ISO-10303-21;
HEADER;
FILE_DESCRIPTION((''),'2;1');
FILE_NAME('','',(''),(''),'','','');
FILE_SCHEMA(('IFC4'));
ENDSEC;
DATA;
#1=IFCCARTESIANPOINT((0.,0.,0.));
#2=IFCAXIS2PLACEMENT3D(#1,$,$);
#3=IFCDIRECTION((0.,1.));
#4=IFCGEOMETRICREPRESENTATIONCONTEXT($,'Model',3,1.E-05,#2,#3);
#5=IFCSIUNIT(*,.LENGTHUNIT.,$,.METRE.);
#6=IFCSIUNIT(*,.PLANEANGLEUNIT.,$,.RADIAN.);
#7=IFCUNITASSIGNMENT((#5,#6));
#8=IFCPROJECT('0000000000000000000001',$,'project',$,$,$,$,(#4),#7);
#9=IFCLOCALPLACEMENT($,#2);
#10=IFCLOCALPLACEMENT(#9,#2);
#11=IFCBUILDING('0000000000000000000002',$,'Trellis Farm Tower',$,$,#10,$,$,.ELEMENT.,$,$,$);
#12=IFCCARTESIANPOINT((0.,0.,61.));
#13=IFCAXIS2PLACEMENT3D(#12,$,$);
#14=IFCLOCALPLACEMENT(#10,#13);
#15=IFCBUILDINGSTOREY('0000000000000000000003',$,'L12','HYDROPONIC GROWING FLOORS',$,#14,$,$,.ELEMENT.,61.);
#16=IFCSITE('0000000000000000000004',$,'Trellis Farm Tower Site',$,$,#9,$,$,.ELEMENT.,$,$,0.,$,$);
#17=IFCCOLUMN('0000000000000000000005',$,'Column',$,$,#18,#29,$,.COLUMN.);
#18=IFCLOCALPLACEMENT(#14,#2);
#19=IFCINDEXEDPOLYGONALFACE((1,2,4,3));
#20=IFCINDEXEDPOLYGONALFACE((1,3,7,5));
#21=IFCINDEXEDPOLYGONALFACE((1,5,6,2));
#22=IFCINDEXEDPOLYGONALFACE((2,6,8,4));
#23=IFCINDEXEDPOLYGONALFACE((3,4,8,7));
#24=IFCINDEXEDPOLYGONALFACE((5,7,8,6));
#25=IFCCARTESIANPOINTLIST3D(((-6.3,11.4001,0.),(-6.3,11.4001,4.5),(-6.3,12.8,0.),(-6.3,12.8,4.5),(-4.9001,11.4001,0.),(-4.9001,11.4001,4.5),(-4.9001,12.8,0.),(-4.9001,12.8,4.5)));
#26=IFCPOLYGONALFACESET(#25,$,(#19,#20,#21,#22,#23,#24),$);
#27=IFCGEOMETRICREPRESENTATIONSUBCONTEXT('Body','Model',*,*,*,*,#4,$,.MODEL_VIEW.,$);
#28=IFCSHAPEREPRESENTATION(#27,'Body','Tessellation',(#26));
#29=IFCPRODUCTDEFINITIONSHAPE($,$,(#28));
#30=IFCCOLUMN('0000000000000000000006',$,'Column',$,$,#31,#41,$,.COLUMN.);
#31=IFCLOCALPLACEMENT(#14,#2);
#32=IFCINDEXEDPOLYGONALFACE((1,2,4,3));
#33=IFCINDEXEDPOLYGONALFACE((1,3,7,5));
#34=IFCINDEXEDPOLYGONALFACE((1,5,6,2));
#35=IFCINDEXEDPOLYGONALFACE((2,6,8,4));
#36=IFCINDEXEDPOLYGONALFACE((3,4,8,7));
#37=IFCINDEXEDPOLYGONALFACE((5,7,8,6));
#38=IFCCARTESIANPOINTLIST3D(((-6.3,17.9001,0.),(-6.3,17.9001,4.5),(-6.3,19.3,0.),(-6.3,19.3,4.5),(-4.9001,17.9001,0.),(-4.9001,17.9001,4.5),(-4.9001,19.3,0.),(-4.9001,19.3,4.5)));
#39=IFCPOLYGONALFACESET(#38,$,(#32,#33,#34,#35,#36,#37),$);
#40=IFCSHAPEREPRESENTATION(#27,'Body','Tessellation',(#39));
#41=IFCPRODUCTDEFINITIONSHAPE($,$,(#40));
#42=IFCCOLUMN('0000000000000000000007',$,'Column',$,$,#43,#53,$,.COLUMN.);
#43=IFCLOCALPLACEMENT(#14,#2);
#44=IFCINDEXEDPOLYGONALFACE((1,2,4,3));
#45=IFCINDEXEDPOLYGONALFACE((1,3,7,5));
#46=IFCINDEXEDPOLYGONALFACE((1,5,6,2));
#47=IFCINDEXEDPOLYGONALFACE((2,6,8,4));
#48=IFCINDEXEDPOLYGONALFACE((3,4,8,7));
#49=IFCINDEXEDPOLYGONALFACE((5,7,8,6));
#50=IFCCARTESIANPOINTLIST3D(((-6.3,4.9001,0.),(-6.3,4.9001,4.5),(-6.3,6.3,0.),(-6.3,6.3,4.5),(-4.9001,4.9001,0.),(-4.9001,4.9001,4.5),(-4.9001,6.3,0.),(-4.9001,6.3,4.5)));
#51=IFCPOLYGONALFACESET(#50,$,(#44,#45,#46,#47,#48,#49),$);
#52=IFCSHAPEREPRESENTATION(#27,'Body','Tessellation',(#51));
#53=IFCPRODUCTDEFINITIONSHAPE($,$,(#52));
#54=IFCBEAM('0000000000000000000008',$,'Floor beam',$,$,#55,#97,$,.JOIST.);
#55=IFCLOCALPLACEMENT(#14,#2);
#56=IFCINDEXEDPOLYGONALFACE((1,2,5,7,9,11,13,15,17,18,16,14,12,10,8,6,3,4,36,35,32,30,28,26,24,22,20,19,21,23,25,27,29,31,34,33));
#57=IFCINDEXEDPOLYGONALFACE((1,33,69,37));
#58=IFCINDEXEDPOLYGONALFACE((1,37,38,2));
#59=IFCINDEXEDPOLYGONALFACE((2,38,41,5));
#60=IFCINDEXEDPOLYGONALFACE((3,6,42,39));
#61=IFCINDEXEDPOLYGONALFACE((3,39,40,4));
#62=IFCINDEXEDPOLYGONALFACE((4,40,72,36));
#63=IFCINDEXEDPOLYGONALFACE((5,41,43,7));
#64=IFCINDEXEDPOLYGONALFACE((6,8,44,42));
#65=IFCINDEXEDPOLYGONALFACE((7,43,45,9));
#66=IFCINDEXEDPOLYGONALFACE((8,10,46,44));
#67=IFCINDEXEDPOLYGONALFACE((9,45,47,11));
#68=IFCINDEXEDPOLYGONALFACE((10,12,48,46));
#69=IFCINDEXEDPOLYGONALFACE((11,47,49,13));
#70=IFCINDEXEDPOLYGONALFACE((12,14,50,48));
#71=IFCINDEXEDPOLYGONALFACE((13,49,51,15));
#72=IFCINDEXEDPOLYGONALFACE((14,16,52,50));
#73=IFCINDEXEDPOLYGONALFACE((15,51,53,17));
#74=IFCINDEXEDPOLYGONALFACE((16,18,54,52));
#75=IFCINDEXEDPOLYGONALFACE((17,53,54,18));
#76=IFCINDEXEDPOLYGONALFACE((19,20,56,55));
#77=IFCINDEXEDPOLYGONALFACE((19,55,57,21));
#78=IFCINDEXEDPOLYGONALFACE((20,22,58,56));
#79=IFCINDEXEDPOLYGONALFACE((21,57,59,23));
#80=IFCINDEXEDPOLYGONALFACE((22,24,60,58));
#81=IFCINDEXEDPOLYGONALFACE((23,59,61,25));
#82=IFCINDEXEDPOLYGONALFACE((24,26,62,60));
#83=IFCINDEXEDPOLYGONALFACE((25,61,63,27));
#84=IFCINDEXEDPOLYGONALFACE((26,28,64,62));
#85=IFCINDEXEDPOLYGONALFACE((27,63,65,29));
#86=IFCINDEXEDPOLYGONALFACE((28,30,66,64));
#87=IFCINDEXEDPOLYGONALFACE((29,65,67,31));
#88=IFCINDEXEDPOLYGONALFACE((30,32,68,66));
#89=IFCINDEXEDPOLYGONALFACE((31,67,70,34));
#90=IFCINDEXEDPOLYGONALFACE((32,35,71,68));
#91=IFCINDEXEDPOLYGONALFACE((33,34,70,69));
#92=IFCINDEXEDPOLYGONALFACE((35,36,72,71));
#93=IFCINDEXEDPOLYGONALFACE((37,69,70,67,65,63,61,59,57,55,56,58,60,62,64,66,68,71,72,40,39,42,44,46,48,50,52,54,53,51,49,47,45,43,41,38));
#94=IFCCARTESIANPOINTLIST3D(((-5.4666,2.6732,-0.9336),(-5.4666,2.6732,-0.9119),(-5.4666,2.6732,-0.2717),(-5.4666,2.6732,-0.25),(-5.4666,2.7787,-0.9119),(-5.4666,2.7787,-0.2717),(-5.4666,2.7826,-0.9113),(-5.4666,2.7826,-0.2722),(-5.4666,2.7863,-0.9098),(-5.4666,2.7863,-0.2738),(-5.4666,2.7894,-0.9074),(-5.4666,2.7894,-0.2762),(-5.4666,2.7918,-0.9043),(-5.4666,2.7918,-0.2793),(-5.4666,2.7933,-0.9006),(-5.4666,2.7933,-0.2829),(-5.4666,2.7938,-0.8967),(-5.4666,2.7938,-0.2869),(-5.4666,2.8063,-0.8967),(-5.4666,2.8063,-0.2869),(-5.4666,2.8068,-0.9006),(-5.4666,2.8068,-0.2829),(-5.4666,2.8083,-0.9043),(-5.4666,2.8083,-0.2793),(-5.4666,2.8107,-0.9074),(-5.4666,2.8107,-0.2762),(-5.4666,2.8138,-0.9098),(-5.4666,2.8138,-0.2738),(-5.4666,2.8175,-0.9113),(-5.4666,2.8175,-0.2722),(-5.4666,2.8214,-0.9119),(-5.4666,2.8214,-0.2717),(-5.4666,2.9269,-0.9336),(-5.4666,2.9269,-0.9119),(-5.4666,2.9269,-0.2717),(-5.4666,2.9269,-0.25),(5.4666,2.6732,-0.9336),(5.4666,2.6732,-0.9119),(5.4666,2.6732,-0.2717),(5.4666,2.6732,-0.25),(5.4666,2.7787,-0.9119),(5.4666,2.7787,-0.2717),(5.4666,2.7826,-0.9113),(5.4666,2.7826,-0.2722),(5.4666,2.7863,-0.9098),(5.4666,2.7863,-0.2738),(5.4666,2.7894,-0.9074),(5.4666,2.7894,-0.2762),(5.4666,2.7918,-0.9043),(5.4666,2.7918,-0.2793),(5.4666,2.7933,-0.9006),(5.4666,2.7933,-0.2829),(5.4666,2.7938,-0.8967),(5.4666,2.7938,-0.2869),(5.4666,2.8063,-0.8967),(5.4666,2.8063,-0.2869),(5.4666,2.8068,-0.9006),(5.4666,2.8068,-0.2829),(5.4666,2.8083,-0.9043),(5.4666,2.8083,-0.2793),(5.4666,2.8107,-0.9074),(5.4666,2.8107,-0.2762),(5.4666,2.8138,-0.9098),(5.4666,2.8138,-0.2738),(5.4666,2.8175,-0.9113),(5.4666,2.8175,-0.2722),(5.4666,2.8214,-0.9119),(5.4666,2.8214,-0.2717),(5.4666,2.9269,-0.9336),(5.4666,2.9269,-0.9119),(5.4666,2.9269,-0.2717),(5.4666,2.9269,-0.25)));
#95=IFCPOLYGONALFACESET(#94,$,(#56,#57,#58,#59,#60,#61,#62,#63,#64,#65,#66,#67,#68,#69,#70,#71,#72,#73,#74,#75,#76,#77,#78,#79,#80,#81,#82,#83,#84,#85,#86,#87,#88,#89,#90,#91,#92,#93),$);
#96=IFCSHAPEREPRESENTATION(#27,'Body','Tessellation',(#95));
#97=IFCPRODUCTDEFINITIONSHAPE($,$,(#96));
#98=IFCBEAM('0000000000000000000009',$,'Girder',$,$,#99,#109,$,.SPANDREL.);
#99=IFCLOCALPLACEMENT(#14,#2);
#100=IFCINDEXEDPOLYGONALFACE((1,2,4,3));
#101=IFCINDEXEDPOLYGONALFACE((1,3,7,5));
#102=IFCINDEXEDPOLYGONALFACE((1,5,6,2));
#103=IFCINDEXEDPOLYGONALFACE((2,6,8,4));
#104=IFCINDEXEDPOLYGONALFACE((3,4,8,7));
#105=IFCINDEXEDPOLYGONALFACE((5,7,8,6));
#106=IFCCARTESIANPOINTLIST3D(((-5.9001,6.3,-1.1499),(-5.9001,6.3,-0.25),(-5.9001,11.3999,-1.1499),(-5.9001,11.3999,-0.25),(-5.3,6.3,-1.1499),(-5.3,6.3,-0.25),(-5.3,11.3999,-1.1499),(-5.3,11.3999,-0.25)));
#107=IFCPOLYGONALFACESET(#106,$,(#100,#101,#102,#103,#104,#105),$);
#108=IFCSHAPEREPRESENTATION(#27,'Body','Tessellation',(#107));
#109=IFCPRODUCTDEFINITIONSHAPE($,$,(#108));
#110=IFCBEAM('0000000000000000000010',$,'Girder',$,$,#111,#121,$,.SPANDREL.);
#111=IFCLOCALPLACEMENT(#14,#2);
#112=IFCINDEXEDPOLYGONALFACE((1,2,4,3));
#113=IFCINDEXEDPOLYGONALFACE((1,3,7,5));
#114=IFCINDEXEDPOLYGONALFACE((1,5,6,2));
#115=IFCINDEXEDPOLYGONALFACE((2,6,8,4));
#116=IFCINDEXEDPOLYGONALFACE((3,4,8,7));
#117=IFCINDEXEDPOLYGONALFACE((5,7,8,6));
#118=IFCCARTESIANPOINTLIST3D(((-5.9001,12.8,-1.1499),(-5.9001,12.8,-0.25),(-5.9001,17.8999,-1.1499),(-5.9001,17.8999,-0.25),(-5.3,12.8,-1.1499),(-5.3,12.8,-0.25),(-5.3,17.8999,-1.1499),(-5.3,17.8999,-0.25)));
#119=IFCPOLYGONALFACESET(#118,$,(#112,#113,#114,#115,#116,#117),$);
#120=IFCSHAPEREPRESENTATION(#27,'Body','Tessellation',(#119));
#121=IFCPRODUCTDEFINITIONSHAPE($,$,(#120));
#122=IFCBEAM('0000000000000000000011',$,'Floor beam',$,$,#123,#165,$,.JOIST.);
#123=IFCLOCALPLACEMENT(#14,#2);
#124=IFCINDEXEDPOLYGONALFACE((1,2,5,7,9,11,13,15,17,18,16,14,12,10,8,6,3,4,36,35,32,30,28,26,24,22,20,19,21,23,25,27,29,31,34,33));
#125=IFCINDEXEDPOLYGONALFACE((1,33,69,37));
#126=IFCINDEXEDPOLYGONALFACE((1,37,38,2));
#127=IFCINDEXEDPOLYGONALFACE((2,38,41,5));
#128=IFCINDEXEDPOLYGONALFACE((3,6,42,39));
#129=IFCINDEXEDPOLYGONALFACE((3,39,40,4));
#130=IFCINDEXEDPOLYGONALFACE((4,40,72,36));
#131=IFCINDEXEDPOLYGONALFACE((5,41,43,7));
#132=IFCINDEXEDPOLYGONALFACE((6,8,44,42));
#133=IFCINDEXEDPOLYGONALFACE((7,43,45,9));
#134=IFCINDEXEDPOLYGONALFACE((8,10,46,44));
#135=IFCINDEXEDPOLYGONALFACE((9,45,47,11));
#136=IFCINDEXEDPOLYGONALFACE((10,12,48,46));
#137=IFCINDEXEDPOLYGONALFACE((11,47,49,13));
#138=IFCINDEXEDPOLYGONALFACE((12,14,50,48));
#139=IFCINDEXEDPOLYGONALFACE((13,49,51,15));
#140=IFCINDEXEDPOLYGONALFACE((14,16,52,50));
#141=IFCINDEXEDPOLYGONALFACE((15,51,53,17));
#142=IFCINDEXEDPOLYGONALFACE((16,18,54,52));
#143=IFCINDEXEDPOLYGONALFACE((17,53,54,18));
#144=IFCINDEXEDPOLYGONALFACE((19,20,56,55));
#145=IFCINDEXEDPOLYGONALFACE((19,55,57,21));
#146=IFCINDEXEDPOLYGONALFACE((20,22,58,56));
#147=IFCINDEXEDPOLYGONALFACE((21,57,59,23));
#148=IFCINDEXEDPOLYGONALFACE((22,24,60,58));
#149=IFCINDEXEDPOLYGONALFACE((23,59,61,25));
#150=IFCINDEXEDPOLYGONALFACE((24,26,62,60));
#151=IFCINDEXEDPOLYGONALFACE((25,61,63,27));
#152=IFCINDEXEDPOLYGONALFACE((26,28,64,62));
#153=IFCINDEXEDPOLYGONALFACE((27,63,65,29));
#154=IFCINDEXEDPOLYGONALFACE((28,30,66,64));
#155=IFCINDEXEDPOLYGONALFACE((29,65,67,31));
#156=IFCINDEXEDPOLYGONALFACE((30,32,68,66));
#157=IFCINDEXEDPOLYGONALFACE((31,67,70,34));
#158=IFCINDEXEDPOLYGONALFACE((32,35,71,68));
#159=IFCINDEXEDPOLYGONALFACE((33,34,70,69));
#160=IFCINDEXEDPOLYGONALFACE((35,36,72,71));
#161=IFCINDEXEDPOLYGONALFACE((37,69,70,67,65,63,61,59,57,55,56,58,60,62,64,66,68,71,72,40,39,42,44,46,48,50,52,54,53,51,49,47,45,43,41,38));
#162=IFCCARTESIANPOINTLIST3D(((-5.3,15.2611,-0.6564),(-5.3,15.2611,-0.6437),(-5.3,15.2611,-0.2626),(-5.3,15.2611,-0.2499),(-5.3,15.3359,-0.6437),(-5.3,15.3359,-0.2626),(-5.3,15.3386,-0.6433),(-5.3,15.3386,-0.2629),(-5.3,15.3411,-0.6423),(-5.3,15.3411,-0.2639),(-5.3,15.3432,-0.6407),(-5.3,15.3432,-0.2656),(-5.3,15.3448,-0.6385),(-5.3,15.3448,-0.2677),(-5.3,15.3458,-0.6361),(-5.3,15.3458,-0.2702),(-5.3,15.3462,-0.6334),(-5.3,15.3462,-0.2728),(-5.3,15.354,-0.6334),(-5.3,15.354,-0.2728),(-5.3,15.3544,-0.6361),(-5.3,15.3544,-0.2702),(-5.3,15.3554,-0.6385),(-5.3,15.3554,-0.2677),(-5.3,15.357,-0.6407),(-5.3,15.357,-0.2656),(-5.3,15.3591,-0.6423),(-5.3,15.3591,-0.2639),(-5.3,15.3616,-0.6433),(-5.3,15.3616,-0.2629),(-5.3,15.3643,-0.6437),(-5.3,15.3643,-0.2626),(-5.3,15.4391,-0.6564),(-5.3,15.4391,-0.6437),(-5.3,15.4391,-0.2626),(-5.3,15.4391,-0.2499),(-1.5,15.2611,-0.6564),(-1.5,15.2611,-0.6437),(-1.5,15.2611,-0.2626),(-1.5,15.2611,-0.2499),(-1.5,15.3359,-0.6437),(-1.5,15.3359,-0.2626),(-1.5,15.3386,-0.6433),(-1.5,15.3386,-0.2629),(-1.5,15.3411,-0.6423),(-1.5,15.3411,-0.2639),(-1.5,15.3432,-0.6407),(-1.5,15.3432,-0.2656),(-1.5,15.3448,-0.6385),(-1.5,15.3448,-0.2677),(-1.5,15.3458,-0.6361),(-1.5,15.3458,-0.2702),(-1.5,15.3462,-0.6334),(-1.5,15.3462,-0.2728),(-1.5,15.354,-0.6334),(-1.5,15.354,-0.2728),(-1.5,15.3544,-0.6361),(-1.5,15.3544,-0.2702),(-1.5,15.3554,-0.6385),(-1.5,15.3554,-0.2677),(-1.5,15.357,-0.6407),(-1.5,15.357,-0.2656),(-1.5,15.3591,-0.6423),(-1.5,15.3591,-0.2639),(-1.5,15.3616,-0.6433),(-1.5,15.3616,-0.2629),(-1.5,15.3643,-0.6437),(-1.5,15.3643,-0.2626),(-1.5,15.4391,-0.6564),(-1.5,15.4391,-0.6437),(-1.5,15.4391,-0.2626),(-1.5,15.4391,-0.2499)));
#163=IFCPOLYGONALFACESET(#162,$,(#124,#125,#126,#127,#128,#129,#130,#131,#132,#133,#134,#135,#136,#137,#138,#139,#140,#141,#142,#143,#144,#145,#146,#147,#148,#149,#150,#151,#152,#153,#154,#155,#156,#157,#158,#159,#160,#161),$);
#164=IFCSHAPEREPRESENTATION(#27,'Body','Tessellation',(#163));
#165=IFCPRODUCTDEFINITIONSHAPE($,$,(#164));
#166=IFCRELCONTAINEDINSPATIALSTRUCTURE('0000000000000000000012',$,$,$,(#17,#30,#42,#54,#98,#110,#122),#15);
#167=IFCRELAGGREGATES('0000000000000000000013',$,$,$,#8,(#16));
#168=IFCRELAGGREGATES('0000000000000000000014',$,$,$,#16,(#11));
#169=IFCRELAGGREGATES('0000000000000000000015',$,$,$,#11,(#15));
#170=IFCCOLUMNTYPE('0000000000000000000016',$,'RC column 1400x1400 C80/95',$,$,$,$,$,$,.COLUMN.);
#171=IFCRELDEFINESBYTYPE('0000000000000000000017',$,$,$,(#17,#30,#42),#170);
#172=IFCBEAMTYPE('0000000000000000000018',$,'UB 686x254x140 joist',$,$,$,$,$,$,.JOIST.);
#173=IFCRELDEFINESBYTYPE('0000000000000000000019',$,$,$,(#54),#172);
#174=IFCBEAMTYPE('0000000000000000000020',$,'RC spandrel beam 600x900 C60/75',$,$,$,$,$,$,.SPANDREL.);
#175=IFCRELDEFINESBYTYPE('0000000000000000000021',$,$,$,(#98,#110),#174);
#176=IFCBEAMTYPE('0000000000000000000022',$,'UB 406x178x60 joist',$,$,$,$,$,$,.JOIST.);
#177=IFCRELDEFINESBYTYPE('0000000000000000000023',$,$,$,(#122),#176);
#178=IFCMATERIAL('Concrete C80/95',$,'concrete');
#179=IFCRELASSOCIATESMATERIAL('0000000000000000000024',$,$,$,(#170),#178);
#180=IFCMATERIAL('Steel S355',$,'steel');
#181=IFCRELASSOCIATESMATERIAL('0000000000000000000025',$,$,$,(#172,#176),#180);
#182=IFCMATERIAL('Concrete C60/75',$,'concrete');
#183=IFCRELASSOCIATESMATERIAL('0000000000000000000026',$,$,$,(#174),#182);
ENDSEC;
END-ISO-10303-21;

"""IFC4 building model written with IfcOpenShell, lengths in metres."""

from ifc_helpers import new_model, si_unit, direction, frame, origin, origin_2d, place, context, subcontext, project, spatial, rectangle, i_section, extrude, source, transform, mapped, material, material_profile, profile_set, type_object, element, save


model = new_model("IFC4")

# Units and contexts
model_context = context("Model", 3, precision=1e-05, world=origin(), true_north=direction((0.0, 1.0)))
body_context = subcontext(model_context, "Body", "Model", "MODEL_VIEW")
ifc_project = project(units=[si_unit("LENGTHUNIT", "METRE"), si_unit("PLANEANGLEUNIT", "RADIAN")], contexts=[model_context])

# Site, building, storey
site_placement = place(None, origin())
site = spatial("IfcSite", under=ifc_project, at=site_placement, Name="Trellis Farm Tower Site", CompositionType="ELEMENT", RefElevation=0.0)
building_placement = place(site_placement, origin())
building = spatial("IfcBuilding", under=site, at=building_placement, Name="Trellis Farm Tower", CompositionType="ELEMENT")
storey_placement = place(building_placement, frame((0.0, 0.0, 61.0)))
storey = spatial("IfcBuildingStorey", under=building, at=storey_placement, Name="L12", Description="HYDROPONIC GROWING FLOORS", CompositionType="ELEMENT", Elevation=61.0)

# Columns
ifc_material_1 = material(Name="Concrete C80/95", Category="concrete")
ifc_material_profile_1 = material_profile(ifc_material_1, rectangle(XDim=1.3999, YDim=1.3999, at=origin_2d()), Name="RC column 1400x1400 C80/95")
ifc_profile_set_1 = profile_set([ifc_material_profile_1], Name="Concrete C80/95")
column_type = type_object("IfcColumnType", Name="RC column 1400x1400 C80/95", PredefinedType="COLUMN", material=ifc_profile_set_1)
shared_shape_1 = source(origin(), body_context, "Body", "SweptSolid", [
    extrude(rectangle(XDim=1.3999, YDim=1.3999, at=origin_2d()), origin(), (0.0, 0.0, 1.0), 4.5),
])
for number, where, z_axis, x_axis, name in (
    (1, (-5.6001, 12.1001, 0.0), (0.0, 0.0, 1.0), (1.0, 0.0, 0.0), "Column"),
    (2, (-5.6001, 18.6001, 0.0), (0.0, 0.0, 1.0), (1.0, 0.0, 0.0), "Column"),
    (3, (-5.6001, 5.6001, 0.0), (0.0, 0.0, 1.0), (1.0, 0.0, 0.0), "Column"),
):
    element("IfcColumn", number, at=place(storey_placement, frame(where, z_axis=z_axis, x_axis=x_axis)), inside=storey, type_object=column_type, Name=name, PredefinedType="COLUMN", context=body_context, shape_type="MappedRepresentation", body=[
        mapped(shared_shape_1, transform((0.0, 0.0, 0.0))),
    ])

# Beams
ifc_material_2 = material(Name="Steel S355", Category="steel")
ifc_material_profile_2 = material_profile(ifc_material_2, i_section(OverallWidth=0.2537, OverallDepth=0.6836, WebThickness=0.0125, FlangeThickness=0.0217, FilletRadius=0.0151, at=origin_2d()), Name="UB 686x254x140")
ifc_profile_set_2 = profile_set([ifc_material_profile_2], Name="Steel S355")
beam_type_1 = type_object("IfcBeamType", Name="UB 686x254x140 joist", PredefinedType="JOIST", material=ifc_profile_set_2)
shared_shape_2 = source(origin(), body_context, "Body", "SweptSolid", [
    extrude(i_section(OverallWidth=0.2537, OverallDepth=0.6836, WebThickness=0.0125, FlangeThickness=0.0217, FilletRadius=0.0151, at=origin_2d()), origin(), (0.0, 0.0, 1.0), 10.9331),
])
beam_1_placement = place(storey_placement, frame((-5.4666, 2.8, -0.5918), z_axis=(1.0, 0.0, 0.0), x_axis=(0.0, 1.0, 0.0)))
element("IfcBeam", 4, at=beam_1_placement, inside=storey, type_object=beam_type_1, Name="Floor beam", PredefinedType="JOIST", context=body_context, shape_type="MappedRepresentation", body=[
    mapped(shared_shape_2, transform((0.0, 0.0, 0.0))),
])
ifc_material_3 = material(Name="Concrete C60/75", Category="concrete")
ifc_material_profile_3 = material_profile(ifc_material_3, rectangle(XDim=0.6001, YDim=0.8999, at=origin_2d()), Name="RC spandrel beam 600x900 C60/75")
ifc_profile_set_3 = profile_set([ifc_material_profile_3], Name="Concrete C60/75")
beam_type_2 = type_object("IfcBeamType", Name="RC spandrel beam 600x900 C60/75", PredefinedType="SPANDREL", material=ifc_profile_set_3)
shared_shape_3 = source(origin(), body_context, "Body", "SweptSolid", [
    extrude(rectangle(XDim=0.6001, YDim=0.8999, at=origin_2d()), origin(), (0.0, 0.0, 1.0), 5.0999),
])
for number, where, z_axis, x_axis, name in (
    (5, (-5.6001, 6.3, -0.7), (0.0, 1.0, 0.0), (-1.0, 0.0, 0.0), "Girder"),
    (6, (-5.6001, 12.8, -0.7), (0.0, 1.0, 0.0), (-1.0, 0.0, 0.0), "Girder"),
):
    element("IfcBeam", number, at=place(storey_placement, frame(where, z_axis=z_axis, x_axis=x_axis)), inside=storey, type_object=beam_type_2, Name=name, PredefinedType="SPANDREL", context=body_context, shape_type="MappedRepresentation", body=[
        mapped(shared_shape_3, transform((0.0, 0.0, 0.0))),
    ])
ifc_material_profile_4 = material_profile(ifc_material_2, i_section(OverallWidth=0.178, OverallDepth=0.4065, WebThickness=0.0078, FlangeThickness=0.0127, FilletRadius=0.0103, at=origin_2d()), Name="UB 406x178x60")
ifc_profile_set_4 = profile_set([ifc_material_profile_4], Name="Steel S355")
beam_type_3 = type_object("IfcBeamType", Name="UB 406x178x60 joist", PredefinedType="JOIST", material=ifc_profile_set_4)
shared_shape_4 = source(origin(), body_context, "Body", "SweptSolid", [
    extrude(i_section(OverallWidth=0.178, OverallDepth=0.4065, WebThickness=0.0078, FlangeThickness=0.0127, FilletRadius=0.0103, at=origin_2d()), origin(), (0.0, 0.0, 1.0), 3.8),
])
beam_2_placement = place(storey_placement, frame((-5.3, 15.3501, -0.4531), z_axis=(1.0, 0.0, 0.0), x_axis=(0.0, 1.0, 0.0)))
element("IfcBeam", 7, at=beam_2_placement, inside=storey, type_object=beam_type_3, Name="Floor beam", PredefinedType="JOIST", context=body_context, shape_type="MappedRepresentation", body=[
    mapped(shared_shape_4, transform((0.0, 0.0, 0.0))),
])

save(model, "model.ifc")
